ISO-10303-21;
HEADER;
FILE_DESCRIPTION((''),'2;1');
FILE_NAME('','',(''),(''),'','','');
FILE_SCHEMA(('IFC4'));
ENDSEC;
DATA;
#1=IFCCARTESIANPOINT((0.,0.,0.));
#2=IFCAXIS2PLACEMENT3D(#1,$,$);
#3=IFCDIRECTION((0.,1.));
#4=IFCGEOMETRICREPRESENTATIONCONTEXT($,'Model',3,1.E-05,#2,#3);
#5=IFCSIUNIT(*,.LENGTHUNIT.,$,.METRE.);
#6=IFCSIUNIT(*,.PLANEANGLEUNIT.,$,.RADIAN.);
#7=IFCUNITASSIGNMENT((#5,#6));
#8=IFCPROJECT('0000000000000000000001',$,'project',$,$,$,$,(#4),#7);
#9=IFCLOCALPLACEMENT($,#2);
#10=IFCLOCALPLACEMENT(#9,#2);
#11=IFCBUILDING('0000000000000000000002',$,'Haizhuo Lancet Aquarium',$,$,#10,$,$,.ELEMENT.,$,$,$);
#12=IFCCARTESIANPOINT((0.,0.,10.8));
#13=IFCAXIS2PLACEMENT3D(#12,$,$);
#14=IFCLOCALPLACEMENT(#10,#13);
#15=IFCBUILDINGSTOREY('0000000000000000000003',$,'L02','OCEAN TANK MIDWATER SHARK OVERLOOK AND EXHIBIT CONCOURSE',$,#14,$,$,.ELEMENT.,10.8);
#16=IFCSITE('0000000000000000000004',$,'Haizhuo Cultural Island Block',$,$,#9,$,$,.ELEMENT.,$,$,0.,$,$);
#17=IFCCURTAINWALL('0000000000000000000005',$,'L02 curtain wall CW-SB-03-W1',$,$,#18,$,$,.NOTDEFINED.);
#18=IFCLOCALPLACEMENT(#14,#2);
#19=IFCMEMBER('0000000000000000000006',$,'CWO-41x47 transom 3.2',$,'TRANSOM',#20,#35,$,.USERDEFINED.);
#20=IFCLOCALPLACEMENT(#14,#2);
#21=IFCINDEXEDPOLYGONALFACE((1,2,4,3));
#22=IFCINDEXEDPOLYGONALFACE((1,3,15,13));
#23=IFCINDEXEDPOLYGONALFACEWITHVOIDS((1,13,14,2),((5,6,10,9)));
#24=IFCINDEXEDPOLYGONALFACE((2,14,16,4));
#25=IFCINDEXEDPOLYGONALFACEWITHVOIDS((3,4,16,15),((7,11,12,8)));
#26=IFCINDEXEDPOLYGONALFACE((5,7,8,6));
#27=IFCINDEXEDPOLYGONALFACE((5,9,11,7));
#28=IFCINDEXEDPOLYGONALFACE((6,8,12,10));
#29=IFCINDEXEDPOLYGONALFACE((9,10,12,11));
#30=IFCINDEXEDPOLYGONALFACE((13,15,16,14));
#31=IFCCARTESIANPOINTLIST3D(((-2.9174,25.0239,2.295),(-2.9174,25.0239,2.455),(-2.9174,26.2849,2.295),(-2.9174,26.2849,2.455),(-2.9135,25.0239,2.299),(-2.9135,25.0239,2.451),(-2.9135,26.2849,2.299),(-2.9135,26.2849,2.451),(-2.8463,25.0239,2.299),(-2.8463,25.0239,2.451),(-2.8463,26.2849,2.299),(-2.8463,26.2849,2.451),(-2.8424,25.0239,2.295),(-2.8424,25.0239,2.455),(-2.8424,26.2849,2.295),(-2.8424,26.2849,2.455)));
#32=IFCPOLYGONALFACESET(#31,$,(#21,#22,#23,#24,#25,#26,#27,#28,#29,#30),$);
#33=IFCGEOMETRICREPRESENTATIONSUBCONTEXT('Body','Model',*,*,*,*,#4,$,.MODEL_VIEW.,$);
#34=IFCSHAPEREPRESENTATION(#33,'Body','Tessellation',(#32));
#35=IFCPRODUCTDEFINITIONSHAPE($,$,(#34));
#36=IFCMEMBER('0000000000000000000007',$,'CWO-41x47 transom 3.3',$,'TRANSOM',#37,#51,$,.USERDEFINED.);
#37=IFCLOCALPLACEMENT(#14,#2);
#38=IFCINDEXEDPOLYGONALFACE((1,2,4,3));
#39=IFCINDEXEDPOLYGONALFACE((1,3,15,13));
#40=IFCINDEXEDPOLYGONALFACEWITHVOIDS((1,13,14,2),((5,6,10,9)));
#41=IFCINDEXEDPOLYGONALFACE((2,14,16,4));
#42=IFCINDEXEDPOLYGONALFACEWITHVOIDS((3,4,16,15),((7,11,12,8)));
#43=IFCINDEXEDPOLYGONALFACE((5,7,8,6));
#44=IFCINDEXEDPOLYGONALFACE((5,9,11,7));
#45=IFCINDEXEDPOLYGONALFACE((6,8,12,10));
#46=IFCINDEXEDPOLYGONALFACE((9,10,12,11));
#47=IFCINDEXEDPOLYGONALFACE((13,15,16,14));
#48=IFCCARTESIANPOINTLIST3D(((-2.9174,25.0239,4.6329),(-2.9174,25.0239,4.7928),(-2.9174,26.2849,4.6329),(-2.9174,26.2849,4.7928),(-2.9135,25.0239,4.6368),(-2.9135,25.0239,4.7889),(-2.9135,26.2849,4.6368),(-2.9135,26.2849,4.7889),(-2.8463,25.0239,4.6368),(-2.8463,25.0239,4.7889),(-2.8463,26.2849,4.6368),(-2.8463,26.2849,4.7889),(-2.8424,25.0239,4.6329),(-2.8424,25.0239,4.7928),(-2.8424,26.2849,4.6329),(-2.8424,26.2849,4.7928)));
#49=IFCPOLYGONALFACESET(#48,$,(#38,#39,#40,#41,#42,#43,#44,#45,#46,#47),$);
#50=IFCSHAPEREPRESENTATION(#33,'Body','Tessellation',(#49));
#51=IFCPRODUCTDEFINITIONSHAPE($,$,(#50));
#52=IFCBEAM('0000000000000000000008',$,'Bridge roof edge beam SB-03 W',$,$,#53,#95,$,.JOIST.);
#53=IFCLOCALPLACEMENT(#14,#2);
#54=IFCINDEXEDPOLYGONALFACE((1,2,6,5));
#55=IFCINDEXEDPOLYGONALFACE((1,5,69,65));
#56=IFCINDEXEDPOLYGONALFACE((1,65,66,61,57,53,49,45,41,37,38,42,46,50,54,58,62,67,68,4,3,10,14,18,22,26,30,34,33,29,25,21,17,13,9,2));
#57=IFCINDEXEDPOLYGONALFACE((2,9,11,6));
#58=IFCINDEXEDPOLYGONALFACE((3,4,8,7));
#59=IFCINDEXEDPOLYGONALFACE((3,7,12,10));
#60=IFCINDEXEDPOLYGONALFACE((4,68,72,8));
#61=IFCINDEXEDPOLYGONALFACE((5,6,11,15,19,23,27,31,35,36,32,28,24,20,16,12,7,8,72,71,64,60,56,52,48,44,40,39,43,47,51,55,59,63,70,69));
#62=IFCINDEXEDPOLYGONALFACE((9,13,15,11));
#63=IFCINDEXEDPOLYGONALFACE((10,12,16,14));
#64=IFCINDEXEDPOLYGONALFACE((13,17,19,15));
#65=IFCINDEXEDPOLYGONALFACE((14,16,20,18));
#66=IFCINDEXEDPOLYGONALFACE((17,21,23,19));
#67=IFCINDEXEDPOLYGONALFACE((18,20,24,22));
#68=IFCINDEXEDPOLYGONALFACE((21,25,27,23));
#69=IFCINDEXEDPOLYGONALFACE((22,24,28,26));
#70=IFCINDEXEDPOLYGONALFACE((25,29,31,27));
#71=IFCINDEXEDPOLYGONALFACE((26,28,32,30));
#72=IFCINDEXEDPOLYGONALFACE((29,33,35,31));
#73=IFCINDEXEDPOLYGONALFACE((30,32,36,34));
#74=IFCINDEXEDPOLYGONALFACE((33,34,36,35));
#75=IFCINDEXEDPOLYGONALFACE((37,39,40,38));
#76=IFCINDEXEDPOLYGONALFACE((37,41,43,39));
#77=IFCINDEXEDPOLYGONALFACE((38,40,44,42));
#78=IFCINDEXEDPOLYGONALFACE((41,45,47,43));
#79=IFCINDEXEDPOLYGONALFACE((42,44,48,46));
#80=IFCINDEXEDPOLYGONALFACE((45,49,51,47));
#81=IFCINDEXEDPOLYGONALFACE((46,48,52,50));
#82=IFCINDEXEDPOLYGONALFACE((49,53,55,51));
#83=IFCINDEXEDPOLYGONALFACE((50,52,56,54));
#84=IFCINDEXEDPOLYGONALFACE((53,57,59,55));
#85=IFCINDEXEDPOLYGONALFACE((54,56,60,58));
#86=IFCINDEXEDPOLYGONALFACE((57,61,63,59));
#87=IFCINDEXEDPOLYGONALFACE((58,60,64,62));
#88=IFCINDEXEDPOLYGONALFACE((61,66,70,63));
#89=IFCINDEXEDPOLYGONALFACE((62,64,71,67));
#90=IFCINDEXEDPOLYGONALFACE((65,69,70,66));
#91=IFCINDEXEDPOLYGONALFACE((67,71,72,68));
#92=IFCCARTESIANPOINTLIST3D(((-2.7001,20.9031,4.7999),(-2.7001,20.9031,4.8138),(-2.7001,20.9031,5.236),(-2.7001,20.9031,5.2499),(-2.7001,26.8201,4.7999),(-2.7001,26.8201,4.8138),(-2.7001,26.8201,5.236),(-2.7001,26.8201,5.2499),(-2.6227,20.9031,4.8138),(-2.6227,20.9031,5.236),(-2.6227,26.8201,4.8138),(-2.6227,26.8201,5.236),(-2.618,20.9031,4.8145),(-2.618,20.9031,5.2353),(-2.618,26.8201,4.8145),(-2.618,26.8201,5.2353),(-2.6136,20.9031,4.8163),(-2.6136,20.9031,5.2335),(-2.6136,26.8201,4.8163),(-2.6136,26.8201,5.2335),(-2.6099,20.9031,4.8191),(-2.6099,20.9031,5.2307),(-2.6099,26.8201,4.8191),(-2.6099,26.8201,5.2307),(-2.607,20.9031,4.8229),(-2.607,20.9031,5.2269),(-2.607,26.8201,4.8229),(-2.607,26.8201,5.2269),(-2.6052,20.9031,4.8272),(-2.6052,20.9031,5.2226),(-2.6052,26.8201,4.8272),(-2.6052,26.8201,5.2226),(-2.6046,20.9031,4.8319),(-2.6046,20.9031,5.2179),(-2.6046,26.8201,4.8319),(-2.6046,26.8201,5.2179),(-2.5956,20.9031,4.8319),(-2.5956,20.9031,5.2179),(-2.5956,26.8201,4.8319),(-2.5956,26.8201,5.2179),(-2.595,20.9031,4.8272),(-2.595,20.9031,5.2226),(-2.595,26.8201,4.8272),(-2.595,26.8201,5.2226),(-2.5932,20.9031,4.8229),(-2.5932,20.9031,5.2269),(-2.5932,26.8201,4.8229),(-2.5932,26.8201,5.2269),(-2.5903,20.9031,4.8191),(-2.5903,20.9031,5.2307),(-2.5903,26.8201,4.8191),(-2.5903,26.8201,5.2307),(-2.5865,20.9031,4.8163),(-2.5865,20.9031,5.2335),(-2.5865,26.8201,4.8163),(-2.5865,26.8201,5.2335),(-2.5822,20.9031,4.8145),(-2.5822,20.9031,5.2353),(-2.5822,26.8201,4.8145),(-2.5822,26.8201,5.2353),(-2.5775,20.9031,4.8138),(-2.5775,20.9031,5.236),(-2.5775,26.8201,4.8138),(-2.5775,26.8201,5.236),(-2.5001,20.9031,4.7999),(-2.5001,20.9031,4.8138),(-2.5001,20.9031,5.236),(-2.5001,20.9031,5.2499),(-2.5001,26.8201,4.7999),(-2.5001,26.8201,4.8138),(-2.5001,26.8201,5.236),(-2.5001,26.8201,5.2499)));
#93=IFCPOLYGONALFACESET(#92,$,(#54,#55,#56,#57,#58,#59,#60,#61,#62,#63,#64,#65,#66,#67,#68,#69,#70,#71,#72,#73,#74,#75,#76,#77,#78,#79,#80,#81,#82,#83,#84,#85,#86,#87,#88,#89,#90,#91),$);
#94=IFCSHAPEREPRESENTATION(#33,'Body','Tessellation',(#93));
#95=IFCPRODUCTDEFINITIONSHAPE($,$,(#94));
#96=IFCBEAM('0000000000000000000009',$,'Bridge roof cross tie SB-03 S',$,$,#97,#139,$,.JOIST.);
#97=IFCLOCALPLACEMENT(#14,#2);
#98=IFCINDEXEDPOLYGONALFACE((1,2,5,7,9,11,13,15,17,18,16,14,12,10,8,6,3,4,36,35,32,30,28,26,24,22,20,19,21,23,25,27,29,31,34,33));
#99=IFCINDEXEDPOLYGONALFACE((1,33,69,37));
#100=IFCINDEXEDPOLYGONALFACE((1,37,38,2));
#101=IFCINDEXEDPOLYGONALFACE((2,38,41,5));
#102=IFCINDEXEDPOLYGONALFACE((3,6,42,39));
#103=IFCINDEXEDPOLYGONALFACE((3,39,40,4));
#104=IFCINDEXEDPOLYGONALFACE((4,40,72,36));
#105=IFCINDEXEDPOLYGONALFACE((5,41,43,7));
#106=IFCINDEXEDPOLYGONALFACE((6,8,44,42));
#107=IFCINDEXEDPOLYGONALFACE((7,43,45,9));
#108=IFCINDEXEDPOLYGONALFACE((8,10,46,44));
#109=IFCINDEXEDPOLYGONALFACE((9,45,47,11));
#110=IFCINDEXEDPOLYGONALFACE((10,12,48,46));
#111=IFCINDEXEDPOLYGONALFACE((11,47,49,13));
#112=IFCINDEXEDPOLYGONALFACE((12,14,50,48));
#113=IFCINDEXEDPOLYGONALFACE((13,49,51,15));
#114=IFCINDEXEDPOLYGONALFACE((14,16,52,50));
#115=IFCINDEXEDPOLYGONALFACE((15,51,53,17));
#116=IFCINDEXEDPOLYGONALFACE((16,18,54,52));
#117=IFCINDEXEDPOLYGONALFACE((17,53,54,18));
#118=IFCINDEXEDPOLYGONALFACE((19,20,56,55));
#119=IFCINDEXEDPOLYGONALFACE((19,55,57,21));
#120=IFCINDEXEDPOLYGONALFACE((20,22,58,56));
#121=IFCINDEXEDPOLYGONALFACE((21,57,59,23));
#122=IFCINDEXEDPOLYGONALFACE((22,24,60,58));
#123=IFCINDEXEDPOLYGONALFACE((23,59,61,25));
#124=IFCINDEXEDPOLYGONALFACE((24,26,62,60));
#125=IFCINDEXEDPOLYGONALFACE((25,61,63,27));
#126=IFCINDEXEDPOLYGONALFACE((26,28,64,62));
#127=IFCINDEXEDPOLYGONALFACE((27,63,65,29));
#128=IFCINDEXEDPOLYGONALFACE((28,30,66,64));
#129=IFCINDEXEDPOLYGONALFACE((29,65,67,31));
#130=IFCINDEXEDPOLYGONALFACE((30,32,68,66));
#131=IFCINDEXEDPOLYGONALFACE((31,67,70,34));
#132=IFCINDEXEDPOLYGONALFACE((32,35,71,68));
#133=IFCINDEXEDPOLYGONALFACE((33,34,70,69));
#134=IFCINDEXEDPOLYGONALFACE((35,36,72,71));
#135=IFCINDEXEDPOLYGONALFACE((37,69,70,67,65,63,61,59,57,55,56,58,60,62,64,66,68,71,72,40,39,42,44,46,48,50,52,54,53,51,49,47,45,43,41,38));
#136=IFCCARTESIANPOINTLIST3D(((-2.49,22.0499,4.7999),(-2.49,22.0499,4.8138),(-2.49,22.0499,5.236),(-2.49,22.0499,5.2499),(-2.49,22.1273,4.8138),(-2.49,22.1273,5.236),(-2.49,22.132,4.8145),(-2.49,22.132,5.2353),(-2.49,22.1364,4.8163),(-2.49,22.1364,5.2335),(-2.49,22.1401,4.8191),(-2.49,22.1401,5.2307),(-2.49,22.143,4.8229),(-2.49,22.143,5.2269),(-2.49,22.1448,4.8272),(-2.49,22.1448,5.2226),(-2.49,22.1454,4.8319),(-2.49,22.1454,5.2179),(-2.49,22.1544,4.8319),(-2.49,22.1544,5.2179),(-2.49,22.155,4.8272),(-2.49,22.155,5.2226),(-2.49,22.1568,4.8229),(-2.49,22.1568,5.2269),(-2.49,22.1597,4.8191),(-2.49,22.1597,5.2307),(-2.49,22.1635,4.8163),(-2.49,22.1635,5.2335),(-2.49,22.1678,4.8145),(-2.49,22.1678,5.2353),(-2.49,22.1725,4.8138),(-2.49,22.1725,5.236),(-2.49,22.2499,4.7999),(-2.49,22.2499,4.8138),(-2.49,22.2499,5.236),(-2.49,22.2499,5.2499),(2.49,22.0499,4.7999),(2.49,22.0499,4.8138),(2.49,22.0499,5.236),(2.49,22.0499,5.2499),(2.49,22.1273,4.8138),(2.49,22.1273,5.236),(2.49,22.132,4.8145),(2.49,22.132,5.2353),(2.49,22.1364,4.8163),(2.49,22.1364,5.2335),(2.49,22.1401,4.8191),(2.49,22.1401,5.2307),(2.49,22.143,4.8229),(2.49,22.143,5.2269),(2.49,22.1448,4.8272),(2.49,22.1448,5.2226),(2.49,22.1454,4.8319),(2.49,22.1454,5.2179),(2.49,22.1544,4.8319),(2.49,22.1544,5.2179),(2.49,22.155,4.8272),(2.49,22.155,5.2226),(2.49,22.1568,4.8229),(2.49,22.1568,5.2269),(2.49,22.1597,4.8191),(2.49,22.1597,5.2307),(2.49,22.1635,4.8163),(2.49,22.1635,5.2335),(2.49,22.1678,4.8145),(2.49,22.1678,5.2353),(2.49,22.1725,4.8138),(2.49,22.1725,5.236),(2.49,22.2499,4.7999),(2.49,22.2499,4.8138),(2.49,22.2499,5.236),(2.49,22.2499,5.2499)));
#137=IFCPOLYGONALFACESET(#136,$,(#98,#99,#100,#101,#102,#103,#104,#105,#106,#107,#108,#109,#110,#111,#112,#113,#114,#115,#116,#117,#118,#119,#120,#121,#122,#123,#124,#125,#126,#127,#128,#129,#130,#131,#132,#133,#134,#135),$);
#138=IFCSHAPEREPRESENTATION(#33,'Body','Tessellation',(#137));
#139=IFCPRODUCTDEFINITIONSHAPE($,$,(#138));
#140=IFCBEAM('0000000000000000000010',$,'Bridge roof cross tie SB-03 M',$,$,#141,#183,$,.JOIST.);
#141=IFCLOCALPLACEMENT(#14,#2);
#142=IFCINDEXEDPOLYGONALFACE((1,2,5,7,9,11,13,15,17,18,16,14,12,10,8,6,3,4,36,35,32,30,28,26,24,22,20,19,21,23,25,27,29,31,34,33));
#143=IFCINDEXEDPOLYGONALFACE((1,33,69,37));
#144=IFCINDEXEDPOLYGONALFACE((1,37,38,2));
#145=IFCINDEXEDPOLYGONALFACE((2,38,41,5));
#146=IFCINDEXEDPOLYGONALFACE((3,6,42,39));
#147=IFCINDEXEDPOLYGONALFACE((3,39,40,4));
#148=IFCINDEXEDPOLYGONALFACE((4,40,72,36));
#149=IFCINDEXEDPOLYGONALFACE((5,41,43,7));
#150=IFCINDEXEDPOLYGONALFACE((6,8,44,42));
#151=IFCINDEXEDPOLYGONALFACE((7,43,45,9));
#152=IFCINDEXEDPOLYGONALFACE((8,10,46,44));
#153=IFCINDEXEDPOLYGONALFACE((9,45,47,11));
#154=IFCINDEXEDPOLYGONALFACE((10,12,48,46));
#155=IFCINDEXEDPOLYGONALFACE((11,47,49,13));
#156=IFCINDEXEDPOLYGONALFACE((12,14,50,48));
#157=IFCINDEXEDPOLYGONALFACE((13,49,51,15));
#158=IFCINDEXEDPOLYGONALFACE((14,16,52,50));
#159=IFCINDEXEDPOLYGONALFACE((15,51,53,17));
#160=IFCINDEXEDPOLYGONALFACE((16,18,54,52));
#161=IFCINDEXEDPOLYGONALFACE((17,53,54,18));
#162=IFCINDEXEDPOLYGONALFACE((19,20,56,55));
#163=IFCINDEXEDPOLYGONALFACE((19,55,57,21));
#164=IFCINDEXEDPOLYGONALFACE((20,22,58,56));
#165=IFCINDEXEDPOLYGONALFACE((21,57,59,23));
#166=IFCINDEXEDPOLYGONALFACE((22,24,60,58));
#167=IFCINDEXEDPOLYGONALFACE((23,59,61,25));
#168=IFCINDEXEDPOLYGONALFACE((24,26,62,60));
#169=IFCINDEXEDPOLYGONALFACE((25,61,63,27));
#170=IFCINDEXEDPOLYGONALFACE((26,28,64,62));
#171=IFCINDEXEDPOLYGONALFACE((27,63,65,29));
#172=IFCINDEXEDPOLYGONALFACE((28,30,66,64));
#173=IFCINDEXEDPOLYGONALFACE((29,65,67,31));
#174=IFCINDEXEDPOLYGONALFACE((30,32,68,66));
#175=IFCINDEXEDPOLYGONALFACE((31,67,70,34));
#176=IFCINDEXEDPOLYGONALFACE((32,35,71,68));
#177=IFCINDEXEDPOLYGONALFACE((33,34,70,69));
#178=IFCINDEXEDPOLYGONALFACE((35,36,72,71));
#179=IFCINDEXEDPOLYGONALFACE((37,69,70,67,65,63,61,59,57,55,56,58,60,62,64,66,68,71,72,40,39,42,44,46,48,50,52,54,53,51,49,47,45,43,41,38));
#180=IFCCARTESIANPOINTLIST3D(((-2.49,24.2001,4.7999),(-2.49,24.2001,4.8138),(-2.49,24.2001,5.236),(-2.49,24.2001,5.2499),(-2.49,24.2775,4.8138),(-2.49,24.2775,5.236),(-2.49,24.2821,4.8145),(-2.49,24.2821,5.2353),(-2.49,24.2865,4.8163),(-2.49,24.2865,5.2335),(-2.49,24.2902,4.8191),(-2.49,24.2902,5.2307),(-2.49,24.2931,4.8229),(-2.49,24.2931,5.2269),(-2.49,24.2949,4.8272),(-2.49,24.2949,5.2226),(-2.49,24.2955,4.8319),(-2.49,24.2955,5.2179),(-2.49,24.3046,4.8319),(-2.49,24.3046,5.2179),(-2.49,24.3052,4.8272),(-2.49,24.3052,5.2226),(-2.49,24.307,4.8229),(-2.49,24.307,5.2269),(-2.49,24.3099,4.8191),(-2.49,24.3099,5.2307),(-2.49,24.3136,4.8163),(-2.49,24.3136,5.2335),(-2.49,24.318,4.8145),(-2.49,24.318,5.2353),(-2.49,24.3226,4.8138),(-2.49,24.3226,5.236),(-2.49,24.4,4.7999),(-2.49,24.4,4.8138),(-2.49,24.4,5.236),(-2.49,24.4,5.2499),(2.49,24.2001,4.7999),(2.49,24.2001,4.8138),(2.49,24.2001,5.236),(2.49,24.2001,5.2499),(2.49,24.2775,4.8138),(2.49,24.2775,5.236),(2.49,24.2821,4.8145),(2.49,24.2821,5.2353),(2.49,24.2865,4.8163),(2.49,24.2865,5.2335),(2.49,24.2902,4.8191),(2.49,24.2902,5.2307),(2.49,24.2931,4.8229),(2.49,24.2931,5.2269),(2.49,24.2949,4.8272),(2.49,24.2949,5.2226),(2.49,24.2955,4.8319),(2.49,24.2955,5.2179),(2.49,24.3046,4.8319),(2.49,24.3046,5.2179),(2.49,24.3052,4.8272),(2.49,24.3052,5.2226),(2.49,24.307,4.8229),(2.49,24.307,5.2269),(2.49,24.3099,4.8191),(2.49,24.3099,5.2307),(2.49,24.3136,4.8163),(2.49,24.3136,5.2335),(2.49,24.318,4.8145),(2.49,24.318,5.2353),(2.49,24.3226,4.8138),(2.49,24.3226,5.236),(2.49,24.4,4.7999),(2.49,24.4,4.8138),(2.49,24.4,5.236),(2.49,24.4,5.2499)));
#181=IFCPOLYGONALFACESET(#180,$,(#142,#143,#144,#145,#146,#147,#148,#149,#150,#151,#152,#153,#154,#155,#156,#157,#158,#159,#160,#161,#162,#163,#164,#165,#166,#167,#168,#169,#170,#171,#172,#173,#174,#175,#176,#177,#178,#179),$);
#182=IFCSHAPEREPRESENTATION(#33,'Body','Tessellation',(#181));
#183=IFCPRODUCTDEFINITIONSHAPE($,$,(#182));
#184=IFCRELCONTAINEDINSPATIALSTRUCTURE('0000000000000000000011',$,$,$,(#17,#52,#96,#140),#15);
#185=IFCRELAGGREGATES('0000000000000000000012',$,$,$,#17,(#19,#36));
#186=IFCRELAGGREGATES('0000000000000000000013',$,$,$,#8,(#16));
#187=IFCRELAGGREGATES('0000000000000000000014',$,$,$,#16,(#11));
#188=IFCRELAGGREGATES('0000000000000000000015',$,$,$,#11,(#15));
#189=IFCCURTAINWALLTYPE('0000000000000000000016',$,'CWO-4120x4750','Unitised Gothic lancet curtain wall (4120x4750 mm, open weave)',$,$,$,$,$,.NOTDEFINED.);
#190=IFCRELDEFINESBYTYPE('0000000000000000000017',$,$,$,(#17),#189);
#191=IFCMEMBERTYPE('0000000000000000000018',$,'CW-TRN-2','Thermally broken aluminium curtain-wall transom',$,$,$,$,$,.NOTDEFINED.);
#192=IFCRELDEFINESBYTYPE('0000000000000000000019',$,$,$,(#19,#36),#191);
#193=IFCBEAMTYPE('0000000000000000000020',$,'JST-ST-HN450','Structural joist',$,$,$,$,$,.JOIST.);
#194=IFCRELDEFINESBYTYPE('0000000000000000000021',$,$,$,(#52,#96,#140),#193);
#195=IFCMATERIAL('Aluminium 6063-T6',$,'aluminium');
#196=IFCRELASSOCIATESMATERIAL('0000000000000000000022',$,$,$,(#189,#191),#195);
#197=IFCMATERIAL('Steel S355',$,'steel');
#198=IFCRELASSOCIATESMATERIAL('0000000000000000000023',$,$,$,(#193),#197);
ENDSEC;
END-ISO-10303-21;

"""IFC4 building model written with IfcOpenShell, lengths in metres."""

from ifc_helpers import new_model, si_unit, direction, frame, origin, origin_2d, place, context, subcontext, project, spatial, hollow_rectangle, i_section, extrude, material, material_profile, profile_set, type_object, element, aggregate, save


model = new_model("IFC4")

# Units and contexts
model_context = context("Model", 3, precision=1e-05, world=origin(), true_north=direction((0.0, 1.0)))
body_context = subcontext(model_context, "Body", "Model", "MODEL_VIEW")
ifc_project = project(units=[si_unit("LENGTHUNIT", "METRE"), si_unit("PLANEANGLEUNIT", "RADIAN")], contexts=[model_context])

# Site, building, storey
site_placement = place(None, origin())
site = spatial("IfcSite", under=ifc_project, at=site_placement, Name="Haizhuo Cultural Island Block", CompositionType="ELEMENT", RefElevation=0.0)
building_placement = place(site_placement, origin())
building = spatial("IfcBuilding", under=site, at=building_placement, Name="Haizhuo Lancet Aquarium", CompositionType="ELEMENT")
storey_placement = place(building_placement, frame((0.0, 0.0, 10.8)))
storey = spatial("IfcBuildingStorey", under=building, at=storey_placement, Name="L02", Description="OCEAN TANK MIDWATER SHARK OVERLOOK AND EXHIBIT CONCOURSE", CompositionType="ELEMENT", Elevation=10.8)

# Curtain wall, members
ifc_material_1 = material(Name="Aluminium 6063-T6", Category="aluminium")
curtain_wall_type = type_object("IfcCurtainWallType", Name="CWO-4120x4750", Description="Unitised Gothic lancet curtain wall (4120x4750 mm, open weave)", PredefinedType="NOTDEFINED", material=ifc_material_1)
curtain_wall_placement = place(storey_placement, origin())
curtain_wall = element("IfcCurtainWall", 1, at=curtain_wall_placement, inside=storey, type_object=curtain_wall_type, Name="L02 curtain wall CW-SB-03-W1", PredefinedType="NOTDEFINED")
ifc_material_profile_1 = material_profile(ifc_material_1, hollow_rectangle(XDim=0.075, YDim=0.1599, WallThickness=0.0039, at=origin_2d()), Name="ALU-T 75x160x4")
ifc_profile_set_1 = profile_set([ifc_material_profile_1], Name="Aluminium 6063-T6")
member_type_1 = type_object("IfcMemberType", Name="CW-TRN-2", Description="Thermally broken aluminium curtain-wall transom", PredefinedType="NOTDEFINED", material=ifc_profile_set_1)
member_1_placement = place(storey_placement, frame((-2.8799, 25.0239, 2.375), z_axis=(0.0, 1.0, 0.0), x_axis=(-1.0, 0.0, 0.0)))
member_1 = element("IfcMember", 2, at=member_1_placement, type_object=member_type_1, Name="CWO-41x47 transom 3.2", ObjectType="TRANSOM", PredefinedType="USERDEFINED", context=body_context, shape_type="SweptSolid", body=[
    extrude(hollow_rectangle(XDim=0.075, YDim=0.1599, WallThickness=0.0039, at=origin_2d()), origin(), (0.0, 0.0, 1.0), 1.261),
])
member_2_placement = place(storey_placement, frame((-2.8799, 25.0239, 4.7129), z_axis=(0.0, 1.0, 0.0), x_axis=(-1.0, 0.0, 0.0)))
member_2 = element("IfcMember", 3, at=member_2_placement, type_object=member_type_1, Name="CWO-41x47 transom 3.3", ObjectType="TRANSOM", PredefinedType="USERDEFINED", context=body_context, shape_type="SweptSolid", body=[
    extrude(hollow_rectangle(XDim=0.075, YDim=0.1599, WallThickness=0.0039, at=origin_2d()), origin(), (0.0, 0.0, 1.0), 1.261),
])

# Beams
ifc_material_2 = material(Name="Steel S355", Category="steel")
ifc_material_profile_2 = material_profile(ifc_material_2, i_section(OverallWidth=0.2, OverallDepth=0.45, WebThickness=0.009, FlangeThickness=0.0139, FilletRadius=0.0181, at=origin_2d()), Name="HN 450x200x9x14")
ifc_profile_set_2 = profile_set([ifc_material_profile_2], Name="Steel S355")
beam_type = type_object("IfcBeamType", Name="JST-ST-HN450", Description="Structural joist", PredefinedType="JOIST", material=ifc_profile_set_2)
beam_placement = place(storey_placement, frame((-2.6001, 20.9031, 5.0249), z_axis=(0.0, 1.0, 0.0), x_axis=(-1.0, 0.0, 0.0)))
element("IfcBeam", 4, at=beam_placement, inside=storey, type_object=beam_type, Name="Bridge roof edge beam SB-03 W", PredefinedType="JOIST", context=body_context, shape_type="SweptSolid", body=[
    extrude(i_section(OverallWidth=0.2, OverallDepth=0.45, WebThickness=0.009, FlangeThickness=0.0139, FilletRadius=0.0181, at=origin_2d()), origin(), (0.0, 0.0, 1.0), 5.917),
])
for number, where, z_axis, x_axis, name in (
    (5, (-2.49, 22.1499, 5.0249), (1.0, 0.0, 0.0), (0.0, 1.0, 0.0), "Bridge roof cross tie SB-03 S"),
    (6, (-2.49, 24.3, 5.0249), (1.0, 0.0, 0.0), (0.0, 1.0, 0.0), "Bridge roof cross tie SB-03 M"),
):
    element("IfcBeam", number, at=place(storey_placement, frame(where, z_axis=z_axis, x_axis=x_axis)), inside=storey, type_object=beam_type, Name=name, PredefinedType="JOIST", context=body_context, shape_type="SweptSolid", body=[
        extrude(i_section(OverallWidth=0.2, OverallDepth=0.45, WebThickness=0.009, FlangeThickness=0.0139, FilletRadius=0.0181, at=origin_2d()), origin(), (0.0, 0.0, 1.0), 4.98),
    ])

aggregate(curtain_wall, [member_1, member_2])

save(model, "model.ifc")
